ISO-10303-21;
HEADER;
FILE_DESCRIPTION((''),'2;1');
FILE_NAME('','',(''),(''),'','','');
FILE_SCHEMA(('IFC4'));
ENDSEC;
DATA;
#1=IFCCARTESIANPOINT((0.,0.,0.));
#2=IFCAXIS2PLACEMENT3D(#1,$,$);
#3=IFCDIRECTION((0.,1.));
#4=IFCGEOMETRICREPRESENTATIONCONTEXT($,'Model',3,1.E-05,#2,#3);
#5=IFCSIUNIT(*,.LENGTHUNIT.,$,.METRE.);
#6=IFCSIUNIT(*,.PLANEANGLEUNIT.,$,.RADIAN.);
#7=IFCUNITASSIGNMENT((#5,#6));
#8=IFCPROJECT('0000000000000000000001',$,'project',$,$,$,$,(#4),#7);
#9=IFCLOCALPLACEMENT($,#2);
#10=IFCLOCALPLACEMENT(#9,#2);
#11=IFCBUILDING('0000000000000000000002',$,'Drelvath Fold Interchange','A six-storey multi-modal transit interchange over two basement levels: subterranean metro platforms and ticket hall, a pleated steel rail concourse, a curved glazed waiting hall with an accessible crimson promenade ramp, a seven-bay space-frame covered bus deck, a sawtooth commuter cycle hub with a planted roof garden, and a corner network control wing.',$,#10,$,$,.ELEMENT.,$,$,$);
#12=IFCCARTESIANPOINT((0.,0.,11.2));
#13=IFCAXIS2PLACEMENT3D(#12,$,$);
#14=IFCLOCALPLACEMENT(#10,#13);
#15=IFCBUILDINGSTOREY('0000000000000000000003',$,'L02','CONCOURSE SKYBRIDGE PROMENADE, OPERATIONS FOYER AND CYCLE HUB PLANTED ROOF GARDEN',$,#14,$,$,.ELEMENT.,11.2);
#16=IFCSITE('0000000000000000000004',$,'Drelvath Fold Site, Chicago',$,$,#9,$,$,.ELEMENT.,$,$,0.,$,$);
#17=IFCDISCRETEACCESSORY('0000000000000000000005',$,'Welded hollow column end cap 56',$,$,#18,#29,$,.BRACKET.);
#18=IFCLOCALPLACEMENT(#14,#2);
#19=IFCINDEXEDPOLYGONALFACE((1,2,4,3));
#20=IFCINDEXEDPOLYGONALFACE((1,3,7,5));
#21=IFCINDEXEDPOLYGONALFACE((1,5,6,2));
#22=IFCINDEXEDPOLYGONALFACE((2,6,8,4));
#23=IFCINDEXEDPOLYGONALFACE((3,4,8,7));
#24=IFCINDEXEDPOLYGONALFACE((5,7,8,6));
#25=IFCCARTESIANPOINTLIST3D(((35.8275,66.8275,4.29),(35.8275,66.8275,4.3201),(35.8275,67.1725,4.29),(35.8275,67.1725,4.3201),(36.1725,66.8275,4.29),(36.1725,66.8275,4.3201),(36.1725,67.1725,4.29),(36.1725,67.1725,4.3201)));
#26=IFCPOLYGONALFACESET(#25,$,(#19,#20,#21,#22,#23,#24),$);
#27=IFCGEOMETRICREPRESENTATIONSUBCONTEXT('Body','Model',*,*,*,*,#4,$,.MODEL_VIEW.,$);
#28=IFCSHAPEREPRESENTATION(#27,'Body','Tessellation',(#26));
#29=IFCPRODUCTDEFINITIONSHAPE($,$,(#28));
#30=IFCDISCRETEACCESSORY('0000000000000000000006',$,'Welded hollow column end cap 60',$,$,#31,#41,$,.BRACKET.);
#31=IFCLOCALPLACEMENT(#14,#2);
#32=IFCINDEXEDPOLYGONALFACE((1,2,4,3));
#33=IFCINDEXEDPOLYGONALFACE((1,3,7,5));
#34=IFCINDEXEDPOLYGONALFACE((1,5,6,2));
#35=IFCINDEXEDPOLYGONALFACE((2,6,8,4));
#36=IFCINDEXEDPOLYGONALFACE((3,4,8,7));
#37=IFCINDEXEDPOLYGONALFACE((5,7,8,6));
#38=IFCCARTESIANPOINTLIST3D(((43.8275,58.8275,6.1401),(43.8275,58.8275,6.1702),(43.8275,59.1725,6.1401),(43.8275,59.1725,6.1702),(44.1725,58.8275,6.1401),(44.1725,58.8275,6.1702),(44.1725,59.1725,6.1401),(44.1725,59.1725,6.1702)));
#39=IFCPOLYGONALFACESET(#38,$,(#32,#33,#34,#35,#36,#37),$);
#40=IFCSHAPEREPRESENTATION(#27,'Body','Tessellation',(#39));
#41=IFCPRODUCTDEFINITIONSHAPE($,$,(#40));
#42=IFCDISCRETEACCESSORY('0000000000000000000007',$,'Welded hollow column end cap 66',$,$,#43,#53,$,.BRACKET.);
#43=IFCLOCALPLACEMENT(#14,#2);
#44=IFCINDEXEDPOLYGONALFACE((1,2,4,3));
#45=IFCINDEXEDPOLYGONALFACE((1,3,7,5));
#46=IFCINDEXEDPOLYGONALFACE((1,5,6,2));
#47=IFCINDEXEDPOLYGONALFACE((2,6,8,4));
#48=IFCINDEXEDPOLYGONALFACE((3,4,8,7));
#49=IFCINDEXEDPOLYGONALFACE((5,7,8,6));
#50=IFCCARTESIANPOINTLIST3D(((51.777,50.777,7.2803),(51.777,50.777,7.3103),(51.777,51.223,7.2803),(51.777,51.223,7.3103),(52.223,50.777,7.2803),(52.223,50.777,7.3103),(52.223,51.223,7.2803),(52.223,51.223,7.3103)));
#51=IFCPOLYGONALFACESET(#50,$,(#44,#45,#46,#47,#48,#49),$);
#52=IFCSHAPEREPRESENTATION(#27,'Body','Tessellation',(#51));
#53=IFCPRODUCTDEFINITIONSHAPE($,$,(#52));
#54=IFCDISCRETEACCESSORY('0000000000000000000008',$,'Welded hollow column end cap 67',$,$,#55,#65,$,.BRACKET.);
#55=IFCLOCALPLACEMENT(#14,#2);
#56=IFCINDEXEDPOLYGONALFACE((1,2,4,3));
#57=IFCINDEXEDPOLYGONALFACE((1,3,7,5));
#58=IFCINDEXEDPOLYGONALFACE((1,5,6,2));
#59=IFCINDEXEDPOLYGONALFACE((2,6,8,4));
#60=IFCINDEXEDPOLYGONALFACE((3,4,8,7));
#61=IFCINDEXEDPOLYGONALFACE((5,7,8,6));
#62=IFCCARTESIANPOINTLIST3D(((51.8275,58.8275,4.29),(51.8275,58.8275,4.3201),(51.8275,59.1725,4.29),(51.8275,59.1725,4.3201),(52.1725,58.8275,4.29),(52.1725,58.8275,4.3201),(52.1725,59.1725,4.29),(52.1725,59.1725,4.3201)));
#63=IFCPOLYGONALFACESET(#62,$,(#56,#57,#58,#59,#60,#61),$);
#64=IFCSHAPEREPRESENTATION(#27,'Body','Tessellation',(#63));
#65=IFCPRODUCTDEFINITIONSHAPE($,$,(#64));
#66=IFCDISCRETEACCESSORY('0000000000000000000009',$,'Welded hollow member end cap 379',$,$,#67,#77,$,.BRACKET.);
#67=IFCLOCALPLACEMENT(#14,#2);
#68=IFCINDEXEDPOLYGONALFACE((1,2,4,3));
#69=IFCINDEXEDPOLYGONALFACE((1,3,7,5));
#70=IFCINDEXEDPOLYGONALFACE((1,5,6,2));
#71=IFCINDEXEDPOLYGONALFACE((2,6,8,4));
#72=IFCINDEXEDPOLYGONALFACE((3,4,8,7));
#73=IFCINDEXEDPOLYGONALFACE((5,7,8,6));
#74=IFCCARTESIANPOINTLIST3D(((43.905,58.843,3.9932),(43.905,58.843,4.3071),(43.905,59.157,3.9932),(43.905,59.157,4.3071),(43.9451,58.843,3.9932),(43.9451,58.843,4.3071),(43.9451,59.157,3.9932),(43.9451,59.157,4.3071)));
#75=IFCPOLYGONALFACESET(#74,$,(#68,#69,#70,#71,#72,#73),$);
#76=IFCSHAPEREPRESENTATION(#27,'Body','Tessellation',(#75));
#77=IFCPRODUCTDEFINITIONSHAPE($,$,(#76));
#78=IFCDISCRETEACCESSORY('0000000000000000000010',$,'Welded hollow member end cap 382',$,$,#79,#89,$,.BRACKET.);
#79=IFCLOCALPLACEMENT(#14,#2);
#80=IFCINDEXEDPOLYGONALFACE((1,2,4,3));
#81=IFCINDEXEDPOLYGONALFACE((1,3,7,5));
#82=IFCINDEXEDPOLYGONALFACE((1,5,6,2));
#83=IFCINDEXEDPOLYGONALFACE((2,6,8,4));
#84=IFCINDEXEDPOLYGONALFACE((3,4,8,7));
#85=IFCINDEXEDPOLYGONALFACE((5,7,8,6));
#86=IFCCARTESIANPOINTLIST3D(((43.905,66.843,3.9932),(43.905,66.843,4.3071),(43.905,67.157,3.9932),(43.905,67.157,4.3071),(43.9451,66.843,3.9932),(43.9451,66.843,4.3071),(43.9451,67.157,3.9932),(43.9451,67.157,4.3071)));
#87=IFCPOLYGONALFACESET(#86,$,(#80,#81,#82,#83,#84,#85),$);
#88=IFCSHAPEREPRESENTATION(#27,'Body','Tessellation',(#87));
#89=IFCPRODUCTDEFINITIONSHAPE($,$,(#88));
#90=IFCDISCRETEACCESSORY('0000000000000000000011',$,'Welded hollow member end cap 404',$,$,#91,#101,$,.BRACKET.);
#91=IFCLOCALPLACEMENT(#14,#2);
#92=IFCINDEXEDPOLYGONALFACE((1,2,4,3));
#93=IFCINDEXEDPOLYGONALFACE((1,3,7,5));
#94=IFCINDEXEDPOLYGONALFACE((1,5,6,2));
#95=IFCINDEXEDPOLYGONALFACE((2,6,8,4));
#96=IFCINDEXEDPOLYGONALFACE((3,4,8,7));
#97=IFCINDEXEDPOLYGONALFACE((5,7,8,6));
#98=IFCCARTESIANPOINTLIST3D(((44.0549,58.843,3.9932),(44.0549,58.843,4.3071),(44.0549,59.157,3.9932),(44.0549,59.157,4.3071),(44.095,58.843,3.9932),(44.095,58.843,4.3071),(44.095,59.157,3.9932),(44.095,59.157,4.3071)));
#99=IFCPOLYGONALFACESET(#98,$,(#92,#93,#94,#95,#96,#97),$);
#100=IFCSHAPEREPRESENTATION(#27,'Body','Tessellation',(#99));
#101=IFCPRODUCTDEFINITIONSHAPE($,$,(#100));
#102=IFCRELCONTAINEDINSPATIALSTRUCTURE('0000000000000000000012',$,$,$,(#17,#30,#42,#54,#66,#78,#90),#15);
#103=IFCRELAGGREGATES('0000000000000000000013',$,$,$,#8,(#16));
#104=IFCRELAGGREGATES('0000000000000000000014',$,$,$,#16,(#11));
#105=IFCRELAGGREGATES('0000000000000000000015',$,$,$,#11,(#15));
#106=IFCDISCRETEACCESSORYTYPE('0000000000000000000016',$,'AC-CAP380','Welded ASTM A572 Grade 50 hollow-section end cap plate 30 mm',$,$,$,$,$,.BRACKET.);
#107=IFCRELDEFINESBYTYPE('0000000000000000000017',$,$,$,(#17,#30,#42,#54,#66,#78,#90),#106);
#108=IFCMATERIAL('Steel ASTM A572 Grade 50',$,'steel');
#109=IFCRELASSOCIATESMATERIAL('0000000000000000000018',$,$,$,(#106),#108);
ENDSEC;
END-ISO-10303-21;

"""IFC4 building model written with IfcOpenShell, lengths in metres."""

from ifc_helpers import new_model, si_unit, direction, frame, origin, origin_2d, place, context, subcontext, project, spatial, rectangle, extrude, material, type_object, element, save


model = new_model("IFC4")

# Units and contexts
model_context = context("Model", 3, precision=1e-05, world=origin(), true_north=direction((0.0, 1.0)))
body_context = subcontext(model_context, "Body", "Model", "MODEL_VIEW")
ifc_project = project(units=[si_unit("LENGTHUNIT", "METRE"), si_unit("PLANEANGLEUNIT", "RADIAN")], contexts=[model_context])

# Site, building, storey
site_placement = place(None, origin())
site = spatial("IfcSite", under=ifc_project, at=site_placement, Name="Drelvath Fold Site, Chicago", CompositionType="ELEMENT", RefElevation=0.0)
building_placement = place(site_placement, origin())
building = spatial("IfcBuilding", under=site, at=building_placement, Name="Drelvath Fold Interchange", Description="A six-storey multi-modal transit interchange over two basement levels: subterranean metro platforms and ticket hall, a pleated steel rail concourse, a curved glazed waiting hall with an accessible crimson promenade ramp, a seven-bay space-frame covered bus deck, a sawtooth commuter cycle hub with a planted roof garden, and a corner network control wing.", CompositionType="ELEMENT")
storey_placement = place(building_placement, frame((0.0, 0.0, 11.2)))
storey = spatial("IfcBuildingStorey", under=building, at=storey_placement, Name="L02", Description="CONCOURSE SKYBRIDGE PROMENADE, OPERATIONS FOYER AND CYCLE HUB PLANTED ROOF GARDEN", CompositionType="ELEMENT", Elevation=11.2)

# Discrete accessories
ifc_material_1 = material(Name="Steel ASTM A572 Grade 50", Category="steel")
discrete_accessory_type = type_object("IfcDiscreteAccessoryType", Name="AC-CAP380", Description="Welded ASTM A572 Grade 50 hollow-section end cap plate 30 mm", PredefinedType="BRACKET", material=ifc_material_1)
for number, where, z_axis, x_axis, name in (
    (1, (36.0, 67.0, 4.29), (0.0, 0.0, 1.0), (1.0, 0.0, 0.0), "Welded hollow column end cap 56"),
    (2, (44.0, 59.0, 6.1401), (0.0, 0.0, 1.0), (1.0, 0.0, 0.0), "Welded hollow column end cap 60"),
):
    element("IfcDiscreteAccessory", number, at=place(storey_placement, frame(where, z_axis=z_axis, x_axis=x_axis)), inside=storey, type_object=discrete_accessory_type, Name=name, PredefinedType="BRACKET", context=body_context, shape_type="SweptSolid", body=[
        extrude(rectangle(XDim=0.345, YDim=0.345, at=origin_2d()), origin(), (0.0, 0.0, 1.0), 0.03),
    ])
discrete_accessory_1_placement = place(storey_placement, frame((52.0, 51.0, 7.2803), z_axis=(0.0, 0.0, 1.0), x_axis=(1.0, 0.0, 0.0)))
element("IfcDiscreteAccessory", 3, at=discrete_accessory_1_placement, inside=storey, type_object=discrete_accessory_type, Name="Welded hollow column end cap 66", PredefinedType="BRACKET", context=body_context, shape_type="SweptSolid", body=[
    extrude(rectangle(XDim=0.446, YDim=0.446, at=origin_2d()), origin(), (0.0, 0.0, 1.0), 0.03),
])
discrete_accessory_2_placement = place(storey_placement, frame((52.0, 59.0, 4.29), z_axis=(0.0, 0.0, 1.0), x_axis=(1.0, 0.0, 0.0)))
element("IfcDiscreteAccessory", 4, at=discrete_accessory_2_placement, inside=storey, type_object=discrete_accessory_type, Name="Welded hollow column end cap 67", PredefinedType="BRACKET", context=body_context, shape_type="SweptSolid", body=[
    extrude(rectangle(XDim=0.345, YDim=0.345, at=origin_2d()), origin(), (0.0, 0.0, 1.0), 0.03),
])
for number, where, z_axis, x_axis, name in (
    (5, (43.925, 59.0, 3.9932), (0.0, 0.0, 1.0), (1.0, 0.0, 0.0), "Welded hollow member end cap 379"),
    (6, (43.925, 67.0, 3.9932), (0.0, 0.0, 1.0), (1.0, 0.0, 0.0), "Welded hollow member end cap 382"),
    (7, (44.075, 59.0, 3.9932), (0.0, 0.0, 1.0), (1.0, 0.0, 0.0), "Welded hollow member end cap 404"),
):
    element("IfcDiscreteAccessory", number, at=place(storey_placement, frame(where, z_axis=z_axis, x_axis=x_axis)), inside=storey, type_object=discrete_accessory_type, Name=name, PredefinedType="BRACKET", context=body_context, shape_type="SweptSolid", body=[
        extrude(rectangle(XDim=0.04, YDim=0.314, at=origin_2d()), origin(), (0.0, 0.0, 1.0), 0.314),
    ])

save(model, "model.ifc")
